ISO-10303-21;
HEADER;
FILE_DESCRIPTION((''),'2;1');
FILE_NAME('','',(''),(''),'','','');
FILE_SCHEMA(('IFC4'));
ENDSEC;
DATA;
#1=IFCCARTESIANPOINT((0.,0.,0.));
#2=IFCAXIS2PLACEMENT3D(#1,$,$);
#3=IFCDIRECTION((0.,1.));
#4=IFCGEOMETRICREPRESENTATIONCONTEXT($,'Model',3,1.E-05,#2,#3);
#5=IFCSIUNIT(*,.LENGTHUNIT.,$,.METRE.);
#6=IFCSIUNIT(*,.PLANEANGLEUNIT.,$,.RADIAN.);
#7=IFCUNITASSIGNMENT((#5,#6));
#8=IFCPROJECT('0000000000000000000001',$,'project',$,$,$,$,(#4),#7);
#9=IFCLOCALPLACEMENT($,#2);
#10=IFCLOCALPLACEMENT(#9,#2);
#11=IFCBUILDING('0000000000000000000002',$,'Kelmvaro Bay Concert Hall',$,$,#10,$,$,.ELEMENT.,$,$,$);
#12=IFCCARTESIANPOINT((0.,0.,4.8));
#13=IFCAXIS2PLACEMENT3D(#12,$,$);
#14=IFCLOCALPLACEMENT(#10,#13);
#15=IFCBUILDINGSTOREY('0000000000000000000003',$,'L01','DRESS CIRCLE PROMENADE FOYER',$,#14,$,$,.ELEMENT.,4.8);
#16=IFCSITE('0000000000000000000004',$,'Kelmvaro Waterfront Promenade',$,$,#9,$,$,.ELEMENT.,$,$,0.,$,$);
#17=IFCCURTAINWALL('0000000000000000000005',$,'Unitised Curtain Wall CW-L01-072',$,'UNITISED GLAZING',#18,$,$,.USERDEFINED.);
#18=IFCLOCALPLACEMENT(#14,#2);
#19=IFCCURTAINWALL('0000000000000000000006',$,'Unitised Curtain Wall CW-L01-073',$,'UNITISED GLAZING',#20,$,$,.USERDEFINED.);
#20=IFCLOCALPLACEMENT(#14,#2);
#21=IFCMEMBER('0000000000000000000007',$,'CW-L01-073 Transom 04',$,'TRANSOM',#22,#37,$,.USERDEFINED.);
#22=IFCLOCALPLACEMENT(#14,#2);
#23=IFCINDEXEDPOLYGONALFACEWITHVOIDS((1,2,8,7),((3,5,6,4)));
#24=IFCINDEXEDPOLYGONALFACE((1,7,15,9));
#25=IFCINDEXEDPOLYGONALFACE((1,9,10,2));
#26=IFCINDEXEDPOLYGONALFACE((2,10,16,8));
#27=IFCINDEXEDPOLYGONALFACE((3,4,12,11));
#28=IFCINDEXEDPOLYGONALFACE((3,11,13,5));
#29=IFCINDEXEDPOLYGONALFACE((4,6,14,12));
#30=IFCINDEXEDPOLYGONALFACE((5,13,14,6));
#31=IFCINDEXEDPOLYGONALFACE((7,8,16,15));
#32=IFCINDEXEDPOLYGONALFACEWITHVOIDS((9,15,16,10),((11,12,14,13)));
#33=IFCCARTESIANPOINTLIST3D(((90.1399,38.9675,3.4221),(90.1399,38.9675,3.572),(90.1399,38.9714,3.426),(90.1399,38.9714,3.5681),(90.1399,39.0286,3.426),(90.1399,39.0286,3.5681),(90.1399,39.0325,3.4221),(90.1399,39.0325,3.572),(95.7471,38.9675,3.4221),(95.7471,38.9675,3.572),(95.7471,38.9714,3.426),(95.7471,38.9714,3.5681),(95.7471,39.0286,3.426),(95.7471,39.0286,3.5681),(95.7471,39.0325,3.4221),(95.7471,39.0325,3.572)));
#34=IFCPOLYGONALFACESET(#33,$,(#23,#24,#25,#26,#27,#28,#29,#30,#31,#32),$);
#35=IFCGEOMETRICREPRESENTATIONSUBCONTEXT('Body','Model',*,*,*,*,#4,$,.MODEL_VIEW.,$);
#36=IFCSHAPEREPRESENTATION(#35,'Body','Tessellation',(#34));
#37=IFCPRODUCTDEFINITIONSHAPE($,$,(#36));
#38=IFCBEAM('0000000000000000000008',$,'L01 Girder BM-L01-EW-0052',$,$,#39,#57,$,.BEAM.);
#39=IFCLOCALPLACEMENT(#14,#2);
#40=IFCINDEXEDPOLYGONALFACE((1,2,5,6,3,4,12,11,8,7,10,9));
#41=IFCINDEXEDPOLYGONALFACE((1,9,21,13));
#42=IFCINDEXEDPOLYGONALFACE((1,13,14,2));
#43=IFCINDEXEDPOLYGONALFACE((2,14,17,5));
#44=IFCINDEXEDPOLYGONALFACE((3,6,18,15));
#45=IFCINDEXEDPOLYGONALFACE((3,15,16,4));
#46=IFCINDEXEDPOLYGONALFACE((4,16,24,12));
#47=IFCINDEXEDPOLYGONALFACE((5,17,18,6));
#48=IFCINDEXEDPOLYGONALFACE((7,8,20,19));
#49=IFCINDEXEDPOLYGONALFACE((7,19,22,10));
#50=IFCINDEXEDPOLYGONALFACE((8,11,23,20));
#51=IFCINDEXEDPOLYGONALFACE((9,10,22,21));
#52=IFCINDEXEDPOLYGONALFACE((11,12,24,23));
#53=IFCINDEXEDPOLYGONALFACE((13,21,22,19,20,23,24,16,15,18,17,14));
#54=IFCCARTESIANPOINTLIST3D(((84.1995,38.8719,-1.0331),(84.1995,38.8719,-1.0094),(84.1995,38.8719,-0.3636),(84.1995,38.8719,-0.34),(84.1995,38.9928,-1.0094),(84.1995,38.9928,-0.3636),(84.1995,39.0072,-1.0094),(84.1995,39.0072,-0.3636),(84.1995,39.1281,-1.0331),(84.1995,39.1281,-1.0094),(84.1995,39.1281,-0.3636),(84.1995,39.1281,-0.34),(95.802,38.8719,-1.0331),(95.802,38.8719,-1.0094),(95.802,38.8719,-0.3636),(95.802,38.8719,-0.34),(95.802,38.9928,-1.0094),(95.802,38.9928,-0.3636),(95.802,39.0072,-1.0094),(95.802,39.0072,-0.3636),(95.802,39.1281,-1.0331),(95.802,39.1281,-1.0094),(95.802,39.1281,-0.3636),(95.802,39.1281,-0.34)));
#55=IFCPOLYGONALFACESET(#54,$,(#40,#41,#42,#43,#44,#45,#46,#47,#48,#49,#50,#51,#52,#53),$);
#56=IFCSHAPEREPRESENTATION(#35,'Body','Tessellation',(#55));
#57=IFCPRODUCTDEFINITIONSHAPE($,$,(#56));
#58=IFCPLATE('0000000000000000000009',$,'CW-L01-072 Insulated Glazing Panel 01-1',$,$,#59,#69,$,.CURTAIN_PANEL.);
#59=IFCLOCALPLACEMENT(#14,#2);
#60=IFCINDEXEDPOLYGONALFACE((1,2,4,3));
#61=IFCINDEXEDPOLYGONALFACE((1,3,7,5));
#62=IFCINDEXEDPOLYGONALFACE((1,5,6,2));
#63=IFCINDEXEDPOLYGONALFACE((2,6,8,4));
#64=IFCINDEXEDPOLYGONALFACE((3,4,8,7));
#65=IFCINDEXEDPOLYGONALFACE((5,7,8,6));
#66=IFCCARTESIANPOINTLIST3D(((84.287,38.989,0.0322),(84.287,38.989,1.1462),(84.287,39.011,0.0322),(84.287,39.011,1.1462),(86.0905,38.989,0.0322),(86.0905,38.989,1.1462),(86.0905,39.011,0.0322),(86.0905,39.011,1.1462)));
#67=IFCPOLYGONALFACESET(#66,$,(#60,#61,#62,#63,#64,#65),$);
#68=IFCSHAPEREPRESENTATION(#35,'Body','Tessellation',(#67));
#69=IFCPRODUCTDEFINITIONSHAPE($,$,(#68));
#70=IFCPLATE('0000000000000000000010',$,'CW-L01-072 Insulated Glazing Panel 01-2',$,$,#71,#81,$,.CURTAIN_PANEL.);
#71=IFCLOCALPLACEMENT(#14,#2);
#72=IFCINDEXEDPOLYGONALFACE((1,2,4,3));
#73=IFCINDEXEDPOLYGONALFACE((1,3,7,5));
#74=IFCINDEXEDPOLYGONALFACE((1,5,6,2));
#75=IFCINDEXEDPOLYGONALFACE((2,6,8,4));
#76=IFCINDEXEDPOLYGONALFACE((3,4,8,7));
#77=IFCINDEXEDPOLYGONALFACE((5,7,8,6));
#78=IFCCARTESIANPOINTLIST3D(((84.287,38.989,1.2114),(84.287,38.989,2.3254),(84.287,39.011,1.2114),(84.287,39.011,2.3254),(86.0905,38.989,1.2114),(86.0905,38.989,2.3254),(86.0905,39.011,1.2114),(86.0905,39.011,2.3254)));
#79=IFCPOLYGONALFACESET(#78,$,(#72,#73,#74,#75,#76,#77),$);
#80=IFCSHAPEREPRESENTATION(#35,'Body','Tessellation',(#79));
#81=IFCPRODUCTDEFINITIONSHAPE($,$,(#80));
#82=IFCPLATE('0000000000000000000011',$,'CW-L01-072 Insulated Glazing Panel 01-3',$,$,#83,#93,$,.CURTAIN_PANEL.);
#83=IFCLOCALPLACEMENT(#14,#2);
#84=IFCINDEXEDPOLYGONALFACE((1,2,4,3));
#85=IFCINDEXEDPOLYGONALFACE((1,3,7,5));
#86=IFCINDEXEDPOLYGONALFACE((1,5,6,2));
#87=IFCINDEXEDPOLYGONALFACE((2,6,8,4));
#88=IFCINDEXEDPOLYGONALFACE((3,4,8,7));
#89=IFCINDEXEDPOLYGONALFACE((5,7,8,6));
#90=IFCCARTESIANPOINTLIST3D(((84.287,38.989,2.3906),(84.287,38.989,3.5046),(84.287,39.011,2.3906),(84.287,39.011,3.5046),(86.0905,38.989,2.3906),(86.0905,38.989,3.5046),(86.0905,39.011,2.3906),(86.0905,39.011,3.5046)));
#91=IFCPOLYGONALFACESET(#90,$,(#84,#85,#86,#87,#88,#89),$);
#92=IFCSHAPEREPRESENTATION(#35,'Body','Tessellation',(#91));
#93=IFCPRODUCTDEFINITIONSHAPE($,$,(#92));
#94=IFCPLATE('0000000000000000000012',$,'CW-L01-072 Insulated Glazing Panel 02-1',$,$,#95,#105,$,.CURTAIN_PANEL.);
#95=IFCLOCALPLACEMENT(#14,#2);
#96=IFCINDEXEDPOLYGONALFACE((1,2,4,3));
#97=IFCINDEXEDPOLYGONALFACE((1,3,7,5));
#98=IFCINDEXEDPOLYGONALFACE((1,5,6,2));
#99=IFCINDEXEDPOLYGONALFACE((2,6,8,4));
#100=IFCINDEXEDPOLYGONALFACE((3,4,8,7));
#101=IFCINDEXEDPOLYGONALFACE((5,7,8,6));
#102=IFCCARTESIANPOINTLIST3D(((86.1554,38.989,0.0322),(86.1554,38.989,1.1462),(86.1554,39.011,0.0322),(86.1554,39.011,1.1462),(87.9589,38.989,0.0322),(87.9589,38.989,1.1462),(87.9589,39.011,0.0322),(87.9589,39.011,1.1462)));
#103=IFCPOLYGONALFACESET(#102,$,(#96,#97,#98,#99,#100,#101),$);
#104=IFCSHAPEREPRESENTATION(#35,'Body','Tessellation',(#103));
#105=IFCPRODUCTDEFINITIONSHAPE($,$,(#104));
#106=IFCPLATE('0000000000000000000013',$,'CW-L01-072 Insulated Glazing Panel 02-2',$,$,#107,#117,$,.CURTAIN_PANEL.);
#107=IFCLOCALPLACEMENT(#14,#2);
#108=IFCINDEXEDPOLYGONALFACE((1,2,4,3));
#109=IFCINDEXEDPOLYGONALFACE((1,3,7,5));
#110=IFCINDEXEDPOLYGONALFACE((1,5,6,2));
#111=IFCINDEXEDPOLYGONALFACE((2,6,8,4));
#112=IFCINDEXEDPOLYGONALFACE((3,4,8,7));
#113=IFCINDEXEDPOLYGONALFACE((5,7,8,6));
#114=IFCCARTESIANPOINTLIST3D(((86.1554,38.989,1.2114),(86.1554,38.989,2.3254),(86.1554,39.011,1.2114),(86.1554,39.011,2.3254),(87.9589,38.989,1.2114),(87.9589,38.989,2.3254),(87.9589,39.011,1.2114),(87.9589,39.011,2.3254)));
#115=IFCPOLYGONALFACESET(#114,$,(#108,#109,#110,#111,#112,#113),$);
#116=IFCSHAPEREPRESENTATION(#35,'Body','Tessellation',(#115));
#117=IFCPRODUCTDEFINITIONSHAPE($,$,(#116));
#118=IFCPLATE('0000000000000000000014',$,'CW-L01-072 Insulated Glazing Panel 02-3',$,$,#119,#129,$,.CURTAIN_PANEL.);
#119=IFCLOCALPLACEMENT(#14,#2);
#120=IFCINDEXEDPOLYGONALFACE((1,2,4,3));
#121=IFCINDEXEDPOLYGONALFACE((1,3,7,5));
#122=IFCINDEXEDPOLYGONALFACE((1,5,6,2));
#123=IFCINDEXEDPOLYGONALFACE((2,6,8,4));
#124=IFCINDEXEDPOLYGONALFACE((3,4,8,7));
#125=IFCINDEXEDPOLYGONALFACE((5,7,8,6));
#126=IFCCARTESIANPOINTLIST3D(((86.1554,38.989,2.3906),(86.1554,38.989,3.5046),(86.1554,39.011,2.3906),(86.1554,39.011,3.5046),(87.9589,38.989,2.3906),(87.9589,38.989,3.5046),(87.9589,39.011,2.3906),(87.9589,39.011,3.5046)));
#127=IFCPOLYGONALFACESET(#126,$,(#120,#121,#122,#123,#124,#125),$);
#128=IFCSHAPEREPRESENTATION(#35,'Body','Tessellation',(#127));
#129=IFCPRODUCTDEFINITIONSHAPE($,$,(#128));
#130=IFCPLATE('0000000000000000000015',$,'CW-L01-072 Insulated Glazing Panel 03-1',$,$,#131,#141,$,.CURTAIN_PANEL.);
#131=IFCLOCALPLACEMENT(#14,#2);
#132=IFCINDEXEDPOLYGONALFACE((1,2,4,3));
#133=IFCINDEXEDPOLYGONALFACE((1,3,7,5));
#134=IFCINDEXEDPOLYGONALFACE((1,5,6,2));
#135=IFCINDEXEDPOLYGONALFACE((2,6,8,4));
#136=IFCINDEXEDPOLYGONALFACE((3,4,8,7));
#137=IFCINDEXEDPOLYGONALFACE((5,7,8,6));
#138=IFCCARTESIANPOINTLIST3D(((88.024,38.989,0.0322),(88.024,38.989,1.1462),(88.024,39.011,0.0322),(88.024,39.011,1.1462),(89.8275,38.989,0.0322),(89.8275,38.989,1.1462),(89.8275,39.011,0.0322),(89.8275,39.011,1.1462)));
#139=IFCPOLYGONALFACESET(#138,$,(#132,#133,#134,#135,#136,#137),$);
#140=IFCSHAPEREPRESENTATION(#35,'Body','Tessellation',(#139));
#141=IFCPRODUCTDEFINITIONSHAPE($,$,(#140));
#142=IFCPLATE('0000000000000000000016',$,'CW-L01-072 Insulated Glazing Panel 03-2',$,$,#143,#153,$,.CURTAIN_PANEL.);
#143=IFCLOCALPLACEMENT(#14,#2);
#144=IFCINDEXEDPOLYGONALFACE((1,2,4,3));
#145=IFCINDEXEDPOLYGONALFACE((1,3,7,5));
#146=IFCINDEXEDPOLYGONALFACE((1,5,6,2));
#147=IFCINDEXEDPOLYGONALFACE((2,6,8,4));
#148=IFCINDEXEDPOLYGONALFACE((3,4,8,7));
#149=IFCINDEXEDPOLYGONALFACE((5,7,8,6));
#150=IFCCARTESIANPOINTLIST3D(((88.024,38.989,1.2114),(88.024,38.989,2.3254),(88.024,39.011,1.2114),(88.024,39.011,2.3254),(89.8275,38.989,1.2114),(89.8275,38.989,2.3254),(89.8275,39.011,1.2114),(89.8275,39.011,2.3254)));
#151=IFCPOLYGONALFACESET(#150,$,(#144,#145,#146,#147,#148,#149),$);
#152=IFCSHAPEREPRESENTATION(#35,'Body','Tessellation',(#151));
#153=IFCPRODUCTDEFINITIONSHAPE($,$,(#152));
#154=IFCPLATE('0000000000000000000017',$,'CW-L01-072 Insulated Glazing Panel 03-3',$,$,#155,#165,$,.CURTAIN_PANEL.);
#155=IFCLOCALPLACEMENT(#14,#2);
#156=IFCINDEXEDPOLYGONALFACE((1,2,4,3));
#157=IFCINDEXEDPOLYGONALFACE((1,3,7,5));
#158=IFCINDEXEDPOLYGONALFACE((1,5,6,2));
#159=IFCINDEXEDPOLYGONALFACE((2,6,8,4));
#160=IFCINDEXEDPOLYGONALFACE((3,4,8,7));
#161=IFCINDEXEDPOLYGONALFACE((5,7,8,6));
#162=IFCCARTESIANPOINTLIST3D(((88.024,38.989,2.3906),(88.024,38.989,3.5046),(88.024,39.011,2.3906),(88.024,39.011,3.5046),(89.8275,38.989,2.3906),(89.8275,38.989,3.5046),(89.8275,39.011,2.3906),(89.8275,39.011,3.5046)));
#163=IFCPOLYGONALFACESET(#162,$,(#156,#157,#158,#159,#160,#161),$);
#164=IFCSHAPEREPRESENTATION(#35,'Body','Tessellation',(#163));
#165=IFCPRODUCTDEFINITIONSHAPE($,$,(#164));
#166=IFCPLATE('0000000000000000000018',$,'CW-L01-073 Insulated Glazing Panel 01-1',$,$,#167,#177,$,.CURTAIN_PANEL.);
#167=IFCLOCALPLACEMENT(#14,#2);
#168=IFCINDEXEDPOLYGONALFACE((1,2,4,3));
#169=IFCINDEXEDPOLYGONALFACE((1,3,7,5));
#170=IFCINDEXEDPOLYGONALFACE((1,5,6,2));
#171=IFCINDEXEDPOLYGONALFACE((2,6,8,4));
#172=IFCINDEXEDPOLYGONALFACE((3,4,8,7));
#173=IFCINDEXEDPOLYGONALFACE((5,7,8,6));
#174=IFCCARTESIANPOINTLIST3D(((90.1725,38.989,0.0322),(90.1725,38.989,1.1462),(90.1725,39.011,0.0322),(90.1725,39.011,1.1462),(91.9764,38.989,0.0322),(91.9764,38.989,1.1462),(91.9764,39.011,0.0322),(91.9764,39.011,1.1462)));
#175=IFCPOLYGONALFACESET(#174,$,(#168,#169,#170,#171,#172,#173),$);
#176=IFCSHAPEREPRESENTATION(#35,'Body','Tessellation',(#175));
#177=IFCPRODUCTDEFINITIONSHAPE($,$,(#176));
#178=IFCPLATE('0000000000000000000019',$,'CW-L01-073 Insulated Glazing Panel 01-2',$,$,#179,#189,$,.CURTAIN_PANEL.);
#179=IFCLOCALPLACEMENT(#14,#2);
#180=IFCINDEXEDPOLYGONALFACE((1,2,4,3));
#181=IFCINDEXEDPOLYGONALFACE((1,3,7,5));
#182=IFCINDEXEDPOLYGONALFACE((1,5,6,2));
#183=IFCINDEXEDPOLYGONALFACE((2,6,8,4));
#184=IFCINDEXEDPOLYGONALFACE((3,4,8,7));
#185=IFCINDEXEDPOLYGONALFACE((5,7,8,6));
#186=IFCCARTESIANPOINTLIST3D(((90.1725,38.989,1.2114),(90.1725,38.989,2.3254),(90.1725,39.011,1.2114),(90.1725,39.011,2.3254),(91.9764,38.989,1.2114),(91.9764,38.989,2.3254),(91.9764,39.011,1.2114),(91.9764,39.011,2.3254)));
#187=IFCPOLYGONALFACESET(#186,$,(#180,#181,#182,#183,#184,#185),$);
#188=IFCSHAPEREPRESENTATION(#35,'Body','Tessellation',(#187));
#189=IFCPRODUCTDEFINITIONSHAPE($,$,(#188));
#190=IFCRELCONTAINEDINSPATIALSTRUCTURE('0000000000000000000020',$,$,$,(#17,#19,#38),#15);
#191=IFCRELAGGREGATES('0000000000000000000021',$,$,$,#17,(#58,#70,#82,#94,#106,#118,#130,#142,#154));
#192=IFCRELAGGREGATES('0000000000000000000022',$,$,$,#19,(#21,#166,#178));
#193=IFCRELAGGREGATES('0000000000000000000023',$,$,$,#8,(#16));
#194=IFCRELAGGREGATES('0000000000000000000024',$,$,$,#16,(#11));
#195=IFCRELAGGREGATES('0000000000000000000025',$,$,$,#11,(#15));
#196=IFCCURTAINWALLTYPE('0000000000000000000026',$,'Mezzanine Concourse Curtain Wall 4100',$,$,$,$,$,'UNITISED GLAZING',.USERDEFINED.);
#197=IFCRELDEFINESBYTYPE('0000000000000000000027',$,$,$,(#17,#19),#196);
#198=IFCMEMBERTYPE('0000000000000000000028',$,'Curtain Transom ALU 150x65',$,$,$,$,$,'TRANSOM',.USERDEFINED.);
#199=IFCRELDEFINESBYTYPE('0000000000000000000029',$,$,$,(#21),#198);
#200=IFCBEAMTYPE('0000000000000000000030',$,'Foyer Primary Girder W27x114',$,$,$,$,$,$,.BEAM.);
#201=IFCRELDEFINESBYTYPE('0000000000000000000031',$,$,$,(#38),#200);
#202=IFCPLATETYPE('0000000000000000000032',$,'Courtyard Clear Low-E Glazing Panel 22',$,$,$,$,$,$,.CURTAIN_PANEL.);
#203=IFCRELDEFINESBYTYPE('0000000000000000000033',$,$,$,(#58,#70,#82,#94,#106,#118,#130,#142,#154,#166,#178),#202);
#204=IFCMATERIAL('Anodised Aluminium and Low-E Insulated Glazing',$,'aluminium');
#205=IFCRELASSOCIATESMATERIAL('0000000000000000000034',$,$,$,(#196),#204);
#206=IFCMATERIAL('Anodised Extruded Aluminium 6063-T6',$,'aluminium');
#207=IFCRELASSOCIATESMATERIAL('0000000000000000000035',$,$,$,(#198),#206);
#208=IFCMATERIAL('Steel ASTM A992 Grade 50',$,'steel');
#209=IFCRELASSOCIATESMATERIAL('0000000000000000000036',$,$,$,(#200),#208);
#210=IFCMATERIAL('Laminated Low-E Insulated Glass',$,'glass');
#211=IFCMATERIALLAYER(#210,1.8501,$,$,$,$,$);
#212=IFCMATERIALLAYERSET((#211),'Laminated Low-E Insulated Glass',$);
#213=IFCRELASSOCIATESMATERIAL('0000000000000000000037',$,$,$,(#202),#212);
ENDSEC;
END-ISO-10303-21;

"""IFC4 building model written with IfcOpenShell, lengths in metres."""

from ifc_helpers import new_model, si_unit, direction, frame, origin, origin_2d, place, context, subcontext, project, spatial, rectangle, hollow_rectangle, i_section, extrude, material, layer, layer_set, material_profile, profile_set, type_object, element, aggregate, save


model = new_model("IFC4")

# Units and contexts
model_context = context("Model", 3, precision=1e-05, world=origin(), true_north=direction((0.0, 1.0)))
body_context = subcontext(model_context, "Body", "Model", "MODEL_VIEW")
ifc_project = project(units=[si_unit("LENGTHUNIT", "METRE"), si_unit("PLANEANGLEUNIT", "RADIAN")], contexts=[model_context])

# Site, building, storey
site_placement = place(None, origin())
site = spatial("IfcSite", under=ifc_project, at=site_placement, Name="Kelmvaro Waterfront Promenade", CompositionType="ELEMENT", RefElevation=0.0)
building_placement = place(site_placement, origin())
building = spatial("IfcBuilding", under=site, at=building_placement, Name="Kelmvaro Bay Concert Hall", CompositionType="ELEMENT")
storey_placement = place(building_placement, frame((0.0, 0.0, 4.8)))
storey = spatial("IfcBuildingStorey", under=building, at=storey_placement, Name="L01", Description="DRESS CIRCLE PROMENADE FOYER", CompositionType="ELEMENT", Elevation=4.8)

# Curtain walls
ifc_material_1 = material(Name="Anodised Aluminium and Low-E Insulated Glazing", Category="aluminium")
curtain_wall_type = type_object("IfcCurtainWallType", Name="Mezzanine Concourse Curtain Wall 4100", ElementType="UNITISED GLAZING", PredefinedType="USERDEFINED", material=ifc_material_1)
curtain_wall_1_placement = place(storey_placement, origin())
curtain_wall_1 = element("IfcCurtainWall", 1, at=curtain_wall_1_placement, inside=storey, type_object=curtain_wall_type, Name="Unitised Curtain Wall CW-L01-072", ObjectType="UNITISED GLAZING", PredefinedType="USERDEFINED")
curtain_wall_2_placement = place(storey_placement, origin())
curtain_wall_2 = element("IfcCurtainWall", 2, at=curtain_wall_2_placement, inside=storey, type_object=curtain_wall_type, Name="Unitised Curtain Wall CW-L01-073", ObjectType="UNITISED GLAZING", PredefinedType="USERDEFINED")

# Member
ifc_material_2 = material(Name="Anodised Extruded Aluminium 6063-T6", Category="aluminium")
ifc_material_profile_1 = material_profile(ifc_material_2, hollow_rectangle(XDim=0.0649, YDim=0.1499, WallThickness=0.0039, at=origin_2d()), Name="ALU-TRN-150X65")
ifc_profile_set_1 = profile_set([ifc_material_profile_1], Name="Anodised Extruded Aluminium 6063-T6")
member_type_1 = type_object("IfcMemberType", Name="Curtain Transom ALU 150x65", ElementType="TRANSOM", PredefinedType="USERDEFINED", material=ifc_profile_set_1)
member_1_placement = place(storey_placement, frame((90.1399, 39.0, 3.4971), z_axis=(1.0, 0.0, 0.0), x_axis=(0.0, 1.0, 0.0)))
member_1 = element("IfcMember", 3, at=member_1_placement, type_object=member_type_1, Name="CW-L01-073 Transom 04", ObjectType="TRANSOM", PredefinedType="USERDEFINED", context=body_context, shape_type="SweptSolid", body=[
    extrude(hollow_rectangle(XDim=0.0649, YDim=0.1499, WallThickness=0.0039, at=origin_2d()), origin(), (0.0, 0.0, 1.0), 5.6072),
])

# Beam
ifc_material_3 = material(Name="Steel ASTM A992 Grade 50", Category="steel")
ifc_material_profile_2 = material_profile(ifc_material_3, i_section(OverallWidth=0.2561, OverallDepth=0.6931, WebThickness=0.0144, FlangeThickness=0.0237, at=origin_2d()), Name="W27X114")
ifc_profile_set_2 = profile_set([ifc_material_profile_2], Name="Steel ASTM A992 Grade 50")
beam_type_1 = type_object("IfcBeamType", Name="Foyer Primary Girder W27x114", PredefinedType="BEAM", material=ifc_profile_set_2)
beam_1_placement = place(storey_placement, frame((84.1995, 39.0, -0.6865), z_axis=(1.0, 0.0, 0.0), x_axis=(0.0, 1.0, 0.0)))
element("IfcBeam", 4, at=beam_1_placement, inside=storey, type_object=beam_type_1, Name="L01 Girder BM-L01-EW-0052", PredefinedType="BEAM", context=body_context, shape_type="SweptSolid", body=[
    extrude(i_section(OverallWidth=0.2561, OverallDepth=0.6931, WebThickness=0.0144, FlangeThickness=0.0237, at=origin_2d()), origin(), (0.0, 0.0, 1.0), 11.6025),
])

# Plates
ifc_material_4 = material(Name="Laminated Low-E Insulated Glass", Category="glass")
ifc_layer = layer(ifc_material_4, 1.8501)
ifc_layer_set = layer_set([ifc_layer], Name="Laminated Low-E Insulated Glass")
plate_type = type_object("IfcPlateType", Name="Courtyard Clear Low-E Glazing Panel 22", PredefinedType="CURTAIN_PANEL", material=ifc_layer_set)
plate_1_placement = place(storey_placement, frame((85.1887, 39.0, 0.0322), z_axis=(0.0, 0.0, 1.0), x_axis=(1.0, 0.0, 0.0)))
plate_1 = element("IfcPlate", 5, at=plate_1_placement, type_object=plate_type, Name="CW-L01-072 Insulated Glazing Panel 01-1", PredefinedType="CURTAIN_PANEL", context=body_context, shape_type="SweptSolid", body=[
    extrude(rectangle(XDim=1.8035, YDim=0.022, at=origin_2d()), origin(), (0.0, 0.0, 1.0), 1.114),
])
plate_2_placement = place(storey_placement, frame((85.1887, 39.0, 1.2114), z_axis=(0.0, 0.0, 1.0), x_axis=(1.0, 0.0, 0.0)))
plate_2 = element("IfcPlate", 6, at=plate_2_placement, type_object=plate_type, Name="CW-L01-072 Insulated Glazing Panel 01-2", PredefinedType="CURTAIN_PANEL", context=body_context, shape_type="SweptSolid", body=[
    extrude(rectangle(XDim=1.8035, YDim=0.022, at=origin_2d()), origin(), (0.0, 0.0, 1.0), 1.114),
])
plate_3_placement = place(storey_placement, frame((85.1887, 39.0, 2.3906), z_axis=(0.0, 0.0, 1.0), x_axis=(1.0, 0.0, 0.0)))
plate_3 = element("IfcPlate", 7, at=plate_3_placement, type_object=plate_type, Name="CW-L01-072 Insulated Glazing Panel 01-3", PredefinedType="CURTAIN_PANEL", context=body_context, shape_type="SweptSolid", body=[
    extrude(rectangle(XDim=1.8035, YDim=0.022, at=origin_2d()), origin(), (0.0, 0.0, 1.0), 1.114),
])
plate_4_placement = place(storey_placement, frame((87.0571, 39.0, 0.0322), z_axis=(0.0, 0.0, 1.0), x_axis=(1.0, 0.0, 0.0)))
plate_4 = element("IfcPlate", 8, at=plate_4_placement, type_object=plate_type, Name="CW-L01-072 Insulated Glazing Panel 02-1", PredefinedType="CURTAIN_PANEL", context=body_context, shape_type="SweptSolid", body=[
    extrude(rectangle(XDim=1.8035, YDim=0.022, at=origin_2d()), origin(), (0.0, 0.0, 1.0), 1.114),
])
plate_5_placement = place(storey_placement, frame((87.0571, 39.0, 1.2114), z_axis=(0.0, 0.0, 1.0), x_axis=(1.0, 0.0, 0.0)))
plate_5 = element("IfcPlate", 9, at=plate_5_placement, type_object=plate_type, Name="CW-L01-072 Insulated Glazing Panel 02-2", PredefinedType="CURTAIN_PANEL", context=body_context, shape_type="SweptSolid", body=[
    extrude(rectangle(XDim=1.8035, YDim=0.022, at=origin_2d()), origin(), (0.0, 0.0, 1.0), 1.114),
])
plate_6_placement = place(storey_placement, frame((87.0571, 39.0, 2.3906), z_axis=(0.0, 0.0, 1.0), x_axis=(1.0, 0.0, 0.0)))
plate_6 = element("IfcPlate", 10, at=plate_6_placement, type_object=plate_type, Name="CW-L01-072 Insulated Glazing Panel 02-3", PredefinedType="CURTAIN_PANEL", context=body_context, shape_type="SweptSolid", body=[
    extrude(rectangle(XDim=1.8035, YDim=0.022, at=origin_2d()), origin(), (0.0, 0.0, 1.0), 1.114),
])
plate_7_placement = place(storey_placement, frame((88.9258, 39.0, 0.0322), z_axis=(0.0, 0.0, 1.0), x_axis=(1.0, 0.0, 0.0)))
plate_7 = element("IfcPlate", 11, at=plate_7_placement, type_object=plate_type, Name="CW-L01-072 Insulated Glazing Panel 03-1", PredefinedType="CURTAIN_PANEL", context=body_context, shape_type="SweptSolid", body=[
    extrude(rectangle(XDim=1.8035, YDim=0.022, at=origin_2d()), origin(), (0.0, 0.0, 1.0), 1.114),
])
plate_8_placement = place(storey_placement, frame((88.9258, 39.0, 1.2114), z_axis=(0.0, 0.0, 1.0), x_axis=(1.0, 0.0, 0.0)))
plate_8 = element("IfcPlate", 12, at=plate_8_placement, type_object=plate_type, Name="CW-L01-072 Insulated Glazing Panel 03-2", PredefinedType="CURTAIN_PANEL", context=body_context, shape_type="SweptSolid", body=[
    extrude(rectangle(XDim=1.8035, YDim=0.022, at=origin_2d()), origin(), (0.0, 0.0, 1.0), 1.114),
])
plate_9_placement = place(storey_placement, frame((88.9258, 39.0, 2.3906), z_axis=(0.0, 0.0, 1.0), x_axis=(1.0, 0.0, 0.0)))
plate_9 = element("IfcPlate", 13, at=plate_9_placement, type_object=plate_type, Name="CW-L01-072 Insulated Glazing Panel 03-3", PredefinedType="CURTAIN_PANEL", context=body_context, shape_type="SweptSolid", body=[
    extrude(rectangle(XDim=1.8035, YDim=0.022, at=origin_2d()), origin(), (0.0, 0.0, 1.0), 1.114),
])
aggregate(curtain_wall_1, [plate_1, plate_2, plate_3, plate_4, plate_5, plate_6, plate_7, plate_8, plate_9])
plate_10_placement = place(storey_placement, frame((91.0745, 39.0, 0.0322), z_axis=(0.0, 0.0, 1.0), x_axis=(1.0, 0.0, 0.0)))
plate_10 = element("IfcPlate", 14, at=plate_10_placement, type_object=plate_type, Name="CW-L01-073 Insulated Glazing Panel 01-1", PredefinedType="CURTAIN_PANEL", context=body_context, shape_type="SweptSolid", body=[
    extrude(rectangle(XDim=1.804, YDim=0.022, at=origin_2d()), origin(), (0.0, 0.0, 1.0), 1.114),
])
plate_11_placement = place(storey_placement, frame((91.0745, 39.0, 1.2114), z_axis=(0.0, 0.0, 1.0), x_axis=(1.0, 0.0, 0.0)))
plate_11 = element("IfcPlate", 15, at=plate_11_placement, type_object=plate_type, Name="CW-L01-073 Insulated Glazing Panel 01-2", PredefinedType="CURTAIN_PANEL", context=body_context, shape_type="SweptSolid", body=[
    extrude(rectangle(XDim=1.804, YDim=0.022, at=origin_2d()), origin(), (0.0, 0.0, 1.0), 1.114),
])
aggregate(curtain_wall_2, [member_1, plate_10, plate_11])

save(model, "model.ifc")
